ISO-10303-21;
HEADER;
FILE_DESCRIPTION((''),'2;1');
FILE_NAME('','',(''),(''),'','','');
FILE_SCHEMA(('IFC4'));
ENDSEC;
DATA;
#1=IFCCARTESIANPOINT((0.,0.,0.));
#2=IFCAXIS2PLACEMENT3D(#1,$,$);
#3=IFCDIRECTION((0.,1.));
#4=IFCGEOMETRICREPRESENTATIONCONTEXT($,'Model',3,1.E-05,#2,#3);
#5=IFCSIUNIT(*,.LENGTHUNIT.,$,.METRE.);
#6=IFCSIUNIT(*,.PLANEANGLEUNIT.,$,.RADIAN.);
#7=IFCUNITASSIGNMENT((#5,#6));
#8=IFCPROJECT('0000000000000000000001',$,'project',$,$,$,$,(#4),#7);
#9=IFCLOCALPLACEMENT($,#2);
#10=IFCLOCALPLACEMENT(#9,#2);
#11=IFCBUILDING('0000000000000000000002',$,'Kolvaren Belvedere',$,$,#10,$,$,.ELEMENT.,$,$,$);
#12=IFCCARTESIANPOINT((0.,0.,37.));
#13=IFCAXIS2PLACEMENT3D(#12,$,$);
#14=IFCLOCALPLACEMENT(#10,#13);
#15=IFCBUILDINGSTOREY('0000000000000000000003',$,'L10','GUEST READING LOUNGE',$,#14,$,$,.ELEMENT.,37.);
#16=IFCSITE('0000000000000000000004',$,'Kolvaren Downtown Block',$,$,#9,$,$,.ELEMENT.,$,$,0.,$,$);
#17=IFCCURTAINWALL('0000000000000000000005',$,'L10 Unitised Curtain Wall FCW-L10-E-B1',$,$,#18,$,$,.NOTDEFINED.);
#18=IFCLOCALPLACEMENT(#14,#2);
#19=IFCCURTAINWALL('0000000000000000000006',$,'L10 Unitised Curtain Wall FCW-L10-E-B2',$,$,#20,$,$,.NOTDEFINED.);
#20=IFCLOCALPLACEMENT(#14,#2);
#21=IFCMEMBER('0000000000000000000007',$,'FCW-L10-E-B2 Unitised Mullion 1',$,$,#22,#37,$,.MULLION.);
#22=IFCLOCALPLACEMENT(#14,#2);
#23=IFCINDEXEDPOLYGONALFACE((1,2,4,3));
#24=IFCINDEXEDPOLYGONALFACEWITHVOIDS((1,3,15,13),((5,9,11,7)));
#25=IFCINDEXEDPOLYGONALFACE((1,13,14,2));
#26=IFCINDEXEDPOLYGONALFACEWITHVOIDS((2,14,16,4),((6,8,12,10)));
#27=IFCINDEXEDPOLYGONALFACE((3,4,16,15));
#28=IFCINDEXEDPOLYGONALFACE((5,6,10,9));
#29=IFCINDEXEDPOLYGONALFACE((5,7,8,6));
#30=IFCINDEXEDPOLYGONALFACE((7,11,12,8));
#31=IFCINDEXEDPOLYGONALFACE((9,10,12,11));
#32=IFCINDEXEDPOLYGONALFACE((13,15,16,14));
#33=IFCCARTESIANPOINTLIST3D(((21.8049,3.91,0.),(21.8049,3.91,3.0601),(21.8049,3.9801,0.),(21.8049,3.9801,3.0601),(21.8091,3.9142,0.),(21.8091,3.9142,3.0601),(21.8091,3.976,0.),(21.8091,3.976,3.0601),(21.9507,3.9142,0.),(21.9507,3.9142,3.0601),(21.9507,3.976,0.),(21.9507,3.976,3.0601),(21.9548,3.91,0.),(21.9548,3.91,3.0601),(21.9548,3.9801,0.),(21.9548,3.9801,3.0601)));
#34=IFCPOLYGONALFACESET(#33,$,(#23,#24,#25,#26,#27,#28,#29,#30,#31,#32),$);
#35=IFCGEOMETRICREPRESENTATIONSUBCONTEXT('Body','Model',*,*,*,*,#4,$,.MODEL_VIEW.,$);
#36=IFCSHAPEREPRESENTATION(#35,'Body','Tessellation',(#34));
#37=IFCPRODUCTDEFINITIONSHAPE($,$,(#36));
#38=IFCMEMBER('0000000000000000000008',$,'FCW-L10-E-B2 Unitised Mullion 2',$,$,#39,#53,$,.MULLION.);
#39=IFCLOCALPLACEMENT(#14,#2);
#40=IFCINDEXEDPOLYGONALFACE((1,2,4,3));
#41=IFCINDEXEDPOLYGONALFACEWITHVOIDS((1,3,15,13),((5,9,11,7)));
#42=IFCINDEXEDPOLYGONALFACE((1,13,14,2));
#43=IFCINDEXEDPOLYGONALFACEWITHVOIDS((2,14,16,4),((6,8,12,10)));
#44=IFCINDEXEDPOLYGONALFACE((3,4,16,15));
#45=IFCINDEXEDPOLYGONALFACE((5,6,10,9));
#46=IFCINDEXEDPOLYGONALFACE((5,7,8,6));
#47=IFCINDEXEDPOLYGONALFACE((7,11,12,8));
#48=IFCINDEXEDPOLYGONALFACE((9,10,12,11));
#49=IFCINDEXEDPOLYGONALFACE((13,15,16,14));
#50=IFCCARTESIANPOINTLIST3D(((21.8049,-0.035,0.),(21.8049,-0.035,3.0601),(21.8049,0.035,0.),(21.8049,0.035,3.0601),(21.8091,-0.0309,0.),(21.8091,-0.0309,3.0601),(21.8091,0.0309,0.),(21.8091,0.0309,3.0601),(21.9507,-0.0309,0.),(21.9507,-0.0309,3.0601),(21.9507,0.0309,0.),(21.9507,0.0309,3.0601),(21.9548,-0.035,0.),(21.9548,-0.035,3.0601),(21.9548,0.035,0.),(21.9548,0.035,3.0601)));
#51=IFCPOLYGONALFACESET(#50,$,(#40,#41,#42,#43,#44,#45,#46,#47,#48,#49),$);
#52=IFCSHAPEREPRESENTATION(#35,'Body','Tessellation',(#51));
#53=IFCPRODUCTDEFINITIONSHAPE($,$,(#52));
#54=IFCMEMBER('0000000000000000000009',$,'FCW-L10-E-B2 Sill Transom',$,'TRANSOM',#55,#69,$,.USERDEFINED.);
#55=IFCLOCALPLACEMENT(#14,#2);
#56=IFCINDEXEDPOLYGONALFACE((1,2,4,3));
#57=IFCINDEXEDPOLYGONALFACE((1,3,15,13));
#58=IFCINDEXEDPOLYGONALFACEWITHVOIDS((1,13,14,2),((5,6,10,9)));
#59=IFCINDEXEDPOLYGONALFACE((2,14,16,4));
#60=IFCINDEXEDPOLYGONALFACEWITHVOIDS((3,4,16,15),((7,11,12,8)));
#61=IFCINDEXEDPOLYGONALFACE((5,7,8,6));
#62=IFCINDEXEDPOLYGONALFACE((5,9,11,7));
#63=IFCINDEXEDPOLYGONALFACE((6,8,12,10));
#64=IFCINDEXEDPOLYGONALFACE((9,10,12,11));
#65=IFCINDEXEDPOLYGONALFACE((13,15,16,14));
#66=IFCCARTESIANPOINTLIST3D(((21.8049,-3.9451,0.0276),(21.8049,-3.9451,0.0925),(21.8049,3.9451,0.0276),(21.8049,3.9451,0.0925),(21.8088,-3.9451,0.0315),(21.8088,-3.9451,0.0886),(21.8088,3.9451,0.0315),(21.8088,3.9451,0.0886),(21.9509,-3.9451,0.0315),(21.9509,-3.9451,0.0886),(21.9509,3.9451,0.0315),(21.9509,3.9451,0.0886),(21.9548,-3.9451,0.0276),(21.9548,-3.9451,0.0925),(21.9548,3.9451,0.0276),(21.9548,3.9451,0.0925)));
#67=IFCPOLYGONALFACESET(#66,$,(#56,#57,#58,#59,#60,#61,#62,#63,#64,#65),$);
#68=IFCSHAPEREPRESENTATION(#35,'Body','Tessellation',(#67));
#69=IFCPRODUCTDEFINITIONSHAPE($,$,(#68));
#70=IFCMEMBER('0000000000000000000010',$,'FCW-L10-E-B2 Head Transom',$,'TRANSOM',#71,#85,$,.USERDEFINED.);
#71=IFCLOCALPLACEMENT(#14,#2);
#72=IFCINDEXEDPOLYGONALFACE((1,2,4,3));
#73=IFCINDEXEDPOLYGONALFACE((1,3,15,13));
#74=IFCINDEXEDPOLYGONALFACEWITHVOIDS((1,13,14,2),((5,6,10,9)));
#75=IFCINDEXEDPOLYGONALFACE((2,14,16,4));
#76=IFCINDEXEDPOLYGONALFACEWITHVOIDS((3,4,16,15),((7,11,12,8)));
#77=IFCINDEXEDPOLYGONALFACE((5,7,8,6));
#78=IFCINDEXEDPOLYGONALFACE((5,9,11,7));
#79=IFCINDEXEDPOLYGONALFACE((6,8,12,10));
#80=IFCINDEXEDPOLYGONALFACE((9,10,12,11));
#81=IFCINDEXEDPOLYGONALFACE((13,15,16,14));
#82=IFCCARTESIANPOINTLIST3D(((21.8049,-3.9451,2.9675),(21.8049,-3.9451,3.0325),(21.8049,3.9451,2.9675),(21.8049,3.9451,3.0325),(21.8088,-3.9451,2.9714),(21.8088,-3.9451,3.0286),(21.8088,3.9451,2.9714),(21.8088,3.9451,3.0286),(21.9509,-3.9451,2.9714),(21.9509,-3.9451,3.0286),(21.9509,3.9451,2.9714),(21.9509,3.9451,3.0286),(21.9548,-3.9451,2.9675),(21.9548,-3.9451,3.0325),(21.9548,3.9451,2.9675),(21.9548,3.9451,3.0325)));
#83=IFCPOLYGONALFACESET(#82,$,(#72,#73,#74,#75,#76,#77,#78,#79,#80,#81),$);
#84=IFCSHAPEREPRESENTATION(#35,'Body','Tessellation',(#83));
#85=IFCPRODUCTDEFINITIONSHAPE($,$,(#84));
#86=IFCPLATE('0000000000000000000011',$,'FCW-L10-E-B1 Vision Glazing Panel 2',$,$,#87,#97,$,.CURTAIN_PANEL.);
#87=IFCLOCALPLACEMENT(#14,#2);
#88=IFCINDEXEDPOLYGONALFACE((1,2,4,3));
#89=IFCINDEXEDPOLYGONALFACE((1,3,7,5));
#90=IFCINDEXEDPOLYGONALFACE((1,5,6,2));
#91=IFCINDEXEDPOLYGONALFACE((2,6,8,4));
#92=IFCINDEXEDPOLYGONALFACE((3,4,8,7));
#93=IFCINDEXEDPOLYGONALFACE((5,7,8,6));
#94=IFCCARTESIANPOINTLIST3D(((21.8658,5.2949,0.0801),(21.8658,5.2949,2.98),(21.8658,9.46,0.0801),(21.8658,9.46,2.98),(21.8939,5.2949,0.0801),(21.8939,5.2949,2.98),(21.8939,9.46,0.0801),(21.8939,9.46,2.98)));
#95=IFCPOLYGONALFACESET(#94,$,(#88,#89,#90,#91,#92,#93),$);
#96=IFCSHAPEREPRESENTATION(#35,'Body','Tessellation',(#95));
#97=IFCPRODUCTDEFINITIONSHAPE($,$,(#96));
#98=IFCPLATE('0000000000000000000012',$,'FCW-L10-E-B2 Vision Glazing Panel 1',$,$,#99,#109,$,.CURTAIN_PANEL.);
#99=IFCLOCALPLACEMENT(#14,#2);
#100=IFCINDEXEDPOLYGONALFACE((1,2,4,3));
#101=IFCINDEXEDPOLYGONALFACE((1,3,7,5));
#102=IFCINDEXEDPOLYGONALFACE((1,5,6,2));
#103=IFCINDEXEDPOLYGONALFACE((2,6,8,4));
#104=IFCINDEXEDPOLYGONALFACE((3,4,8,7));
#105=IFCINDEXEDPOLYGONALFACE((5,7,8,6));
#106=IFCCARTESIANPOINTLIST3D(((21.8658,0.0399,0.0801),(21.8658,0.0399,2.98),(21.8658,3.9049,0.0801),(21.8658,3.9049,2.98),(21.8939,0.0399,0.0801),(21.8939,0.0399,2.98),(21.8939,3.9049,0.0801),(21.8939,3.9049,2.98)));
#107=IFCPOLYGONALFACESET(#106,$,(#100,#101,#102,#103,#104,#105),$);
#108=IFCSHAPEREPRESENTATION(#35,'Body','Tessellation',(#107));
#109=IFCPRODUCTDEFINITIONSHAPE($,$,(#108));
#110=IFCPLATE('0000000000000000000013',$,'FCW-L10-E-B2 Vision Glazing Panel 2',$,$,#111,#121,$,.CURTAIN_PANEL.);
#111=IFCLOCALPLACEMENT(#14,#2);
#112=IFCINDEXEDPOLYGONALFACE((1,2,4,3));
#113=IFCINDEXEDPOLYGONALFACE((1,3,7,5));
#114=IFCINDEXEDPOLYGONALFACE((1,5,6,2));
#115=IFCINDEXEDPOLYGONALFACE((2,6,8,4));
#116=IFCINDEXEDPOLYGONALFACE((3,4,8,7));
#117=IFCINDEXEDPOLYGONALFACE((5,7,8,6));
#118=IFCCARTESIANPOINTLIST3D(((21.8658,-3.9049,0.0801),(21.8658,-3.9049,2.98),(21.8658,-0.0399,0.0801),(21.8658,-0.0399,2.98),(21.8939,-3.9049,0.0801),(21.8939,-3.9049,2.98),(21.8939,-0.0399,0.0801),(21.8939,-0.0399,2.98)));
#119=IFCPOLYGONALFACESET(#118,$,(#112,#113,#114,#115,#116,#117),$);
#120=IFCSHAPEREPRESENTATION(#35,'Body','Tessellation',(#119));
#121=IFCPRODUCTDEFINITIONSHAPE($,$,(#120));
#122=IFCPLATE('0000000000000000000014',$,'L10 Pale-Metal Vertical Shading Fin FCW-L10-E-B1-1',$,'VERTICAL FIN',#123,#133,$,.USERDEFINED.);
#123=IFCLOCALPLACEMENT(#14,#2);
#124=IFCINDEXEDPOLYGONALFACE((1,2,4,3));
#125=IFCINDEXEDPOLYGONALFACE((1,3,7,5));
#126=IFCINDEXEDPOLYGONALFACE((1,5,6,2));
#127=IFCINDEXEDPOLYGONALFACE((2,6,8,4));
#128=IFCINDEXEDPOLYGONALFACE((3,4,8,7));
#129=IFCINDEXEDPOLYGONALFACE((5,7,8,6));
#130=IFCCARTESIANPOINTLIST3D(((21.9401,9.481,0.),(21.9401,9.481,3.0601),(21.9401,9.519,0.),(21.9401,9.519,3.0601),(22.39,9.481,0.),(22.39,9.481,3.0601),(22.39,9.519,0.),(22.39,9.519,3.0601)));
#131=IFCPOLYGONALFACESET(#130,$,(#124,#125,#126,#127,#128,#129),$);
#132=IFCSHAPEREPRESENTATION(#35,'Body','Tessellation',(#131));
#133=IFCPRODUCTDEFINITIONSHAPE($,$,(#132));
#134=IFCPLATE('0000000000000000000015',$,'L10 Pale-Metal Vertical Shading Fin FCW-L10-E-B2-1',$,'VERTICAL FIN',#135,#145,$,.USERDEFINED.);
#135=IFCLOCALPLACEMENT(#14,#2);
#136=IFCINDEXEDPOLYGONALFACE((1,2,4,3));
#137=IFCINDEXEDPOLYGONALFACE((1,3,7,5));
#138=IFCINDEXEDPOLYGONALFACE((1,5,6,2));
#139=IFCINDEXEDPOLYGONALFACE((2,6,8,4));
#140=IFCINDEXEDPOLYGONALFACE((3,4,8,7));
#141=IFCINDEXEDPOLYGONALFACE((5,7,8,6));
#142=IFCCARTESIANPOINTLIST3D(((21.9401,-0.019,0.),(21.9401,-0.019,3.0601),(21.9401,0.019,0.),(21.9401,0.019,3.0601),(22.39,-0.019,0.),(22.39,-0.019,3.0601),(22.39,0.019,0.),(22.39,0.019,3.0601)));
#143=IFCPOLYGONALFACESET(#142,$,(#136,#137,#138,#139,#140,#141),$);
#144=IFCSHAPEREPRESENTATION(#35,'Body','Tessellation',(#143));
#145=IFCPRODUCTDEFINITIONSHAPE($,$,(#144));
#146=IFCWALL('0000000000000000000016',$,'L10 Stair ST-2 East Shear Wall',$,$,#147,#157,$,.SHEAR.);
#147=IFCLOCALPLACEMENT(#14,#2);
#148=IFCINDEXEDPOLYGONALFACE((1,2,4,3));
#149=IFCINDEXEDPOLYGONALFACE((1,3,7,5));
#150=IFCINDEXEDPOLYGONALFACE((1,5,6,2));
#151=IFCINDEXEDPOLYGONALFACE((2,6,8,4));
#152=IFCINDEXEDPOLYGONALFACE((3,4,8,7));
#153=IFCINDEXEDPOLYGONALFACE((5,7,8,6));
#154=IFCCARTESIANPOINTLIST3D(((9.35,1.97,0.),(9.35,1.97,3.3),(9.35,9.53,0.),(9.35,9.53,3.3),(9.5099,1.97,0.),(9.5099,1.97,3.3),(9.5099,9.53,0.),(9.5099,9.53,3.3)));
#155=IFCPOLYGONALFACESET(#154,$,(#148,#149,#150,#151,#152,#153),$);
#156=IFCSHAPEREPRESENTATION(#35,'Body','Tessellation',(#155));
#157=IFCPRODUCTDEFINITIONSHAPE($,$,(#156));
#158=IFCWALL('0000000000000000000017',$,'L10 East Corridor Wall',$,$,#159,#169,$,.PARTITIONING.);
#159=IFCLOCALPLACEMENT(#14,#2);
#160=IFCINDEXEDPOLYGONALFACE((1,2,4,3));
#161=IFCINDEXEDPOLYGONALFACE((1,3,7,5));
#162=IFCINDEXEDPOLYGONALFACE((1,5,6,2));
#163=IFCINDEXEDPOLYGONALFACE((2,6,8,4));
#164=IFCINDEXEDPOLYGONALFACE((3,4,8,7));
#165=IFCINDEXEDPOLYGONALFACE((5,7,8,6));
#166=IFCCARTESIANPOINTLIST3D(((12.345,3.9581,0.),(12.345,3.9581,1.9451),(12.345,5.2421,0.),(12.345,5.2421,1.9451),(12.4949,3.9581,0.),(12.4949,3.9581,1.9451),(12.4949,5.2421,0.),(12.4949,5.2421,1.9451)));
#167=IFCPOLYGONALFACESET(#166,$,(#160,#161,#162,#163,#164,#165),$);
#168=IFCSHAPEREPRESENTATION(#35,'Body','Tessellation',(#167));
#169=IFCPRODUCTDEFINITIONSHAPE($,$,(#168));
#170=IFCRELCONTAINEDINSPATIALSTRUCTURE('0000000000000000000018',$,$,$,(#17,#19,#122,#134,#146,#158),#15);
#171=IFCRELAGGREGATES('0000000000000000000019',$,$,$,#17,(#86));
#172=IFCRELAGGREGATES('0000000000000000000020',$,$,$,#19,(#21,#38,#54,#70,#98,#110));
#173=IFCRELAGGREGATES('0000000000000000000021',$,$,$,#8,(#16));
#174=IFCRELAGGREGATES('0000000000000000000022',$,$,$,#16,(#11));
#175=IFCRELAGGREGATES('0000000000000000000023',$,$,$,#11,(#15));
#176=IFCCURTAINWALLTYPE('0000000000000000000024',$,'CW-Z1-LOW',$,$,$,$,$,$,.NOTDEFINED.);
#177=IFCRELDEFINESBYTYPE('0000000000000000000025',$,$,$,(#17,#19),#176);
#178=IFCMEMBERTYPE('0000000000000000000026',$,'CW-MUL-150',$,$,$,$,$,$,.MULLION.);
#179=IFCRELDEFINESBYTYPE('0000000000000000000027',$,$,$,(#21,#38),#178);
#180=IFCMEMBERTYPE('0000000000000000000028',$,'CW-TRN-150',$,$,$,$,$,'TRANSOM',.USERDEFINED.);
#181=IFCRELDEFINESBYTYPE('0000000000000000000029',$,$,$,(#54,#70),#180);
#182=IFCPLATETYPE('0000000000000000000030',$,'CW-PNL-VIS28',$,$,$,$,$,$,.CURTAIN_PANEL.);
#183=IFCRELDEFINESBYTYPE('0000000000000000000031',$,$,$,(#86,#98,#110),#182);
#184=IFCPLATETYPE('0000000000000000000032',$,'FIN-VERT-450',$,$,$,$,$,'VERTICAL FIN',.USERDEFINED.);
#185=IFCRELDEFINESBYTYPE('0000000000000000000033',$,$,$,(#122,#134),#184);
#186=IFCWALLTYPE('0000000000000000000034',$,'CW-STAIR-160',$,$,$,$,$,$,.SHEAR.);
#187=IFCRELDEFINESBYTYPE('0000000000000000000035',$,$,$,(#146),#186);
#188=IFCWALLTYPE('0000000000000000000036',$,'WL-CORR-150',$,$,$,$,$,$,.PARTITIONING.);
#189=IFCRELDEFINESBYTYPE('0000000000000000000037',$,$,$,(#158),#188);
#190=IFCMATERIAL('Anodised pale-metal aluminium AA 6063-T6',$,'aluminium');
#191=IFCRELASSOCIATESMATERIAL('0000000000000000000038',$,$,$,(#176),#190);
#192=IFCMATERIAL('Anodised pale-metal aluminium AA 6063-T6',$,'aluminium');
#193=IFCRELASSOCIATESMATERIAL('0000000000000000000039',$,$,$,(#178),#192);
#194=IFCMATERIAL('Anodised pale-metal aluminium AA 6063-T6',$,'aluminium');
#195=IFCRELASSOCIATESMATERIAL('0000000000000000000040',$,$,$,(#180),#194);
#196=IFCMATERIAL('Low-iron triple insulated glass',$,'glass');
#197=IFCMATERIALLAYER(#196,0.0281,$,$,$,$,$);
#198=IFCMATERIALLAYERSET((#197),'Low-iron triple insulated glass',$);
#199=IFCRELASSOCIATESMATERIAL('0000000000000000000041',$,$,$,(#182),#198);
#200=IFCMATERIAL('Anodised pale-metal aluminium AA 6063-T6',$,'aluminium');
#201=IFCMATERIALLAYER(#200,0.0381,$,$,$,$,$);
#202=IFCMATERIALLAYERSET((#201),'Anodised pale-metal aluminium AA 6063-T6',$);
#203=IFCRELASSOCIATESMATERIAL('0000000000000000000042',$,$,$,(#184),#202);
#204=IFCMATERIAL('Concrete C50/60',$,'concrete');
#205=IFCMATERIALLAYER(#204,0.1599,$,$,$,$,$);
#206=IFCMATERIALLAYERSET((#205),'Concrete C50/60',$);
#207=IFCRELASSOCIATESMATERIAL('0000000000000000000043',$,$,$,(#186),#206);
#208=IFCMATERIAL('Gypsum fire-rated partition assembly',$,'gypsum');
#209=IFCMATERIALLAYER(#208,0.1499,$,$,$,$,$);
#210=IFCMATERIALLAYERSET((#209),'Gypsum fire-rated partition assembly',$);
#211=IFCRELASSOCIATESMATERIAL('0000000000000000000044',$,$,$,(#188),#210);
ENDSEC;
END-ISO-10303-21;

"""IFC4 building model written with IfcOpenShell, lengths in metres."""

from ifc_helpers import new_model, si_unit, direction, frame, frame_2d, origin, origin_2d, place, context, subcontext, project, spatial, rectangle, hollow_rectangle, extrude, material, layer, layer_set, material_profile, profile_set, type_object, element, aggregate, save


model = new_model("IFC4")

# Units and contexts
model_context = context("Model", 3, precision=1e-05, world=origin(), true_north=direction((0.0, 1.0)))
body_context = subcontext(model_context, "Body", "Model", "MODEL_VIEW")
ifc_project = project(units=[si_unit("LENGTHUNIT", "METRE"), si_unit("PLANEANGLEUNIT", "RADIAN")], contexts=[model_context])

# Site, building, storey
site_placement = place(None, origin())
site = spatial("IfcSite", under=ifc_project, at=site_placement, Name="Kolvaren Downtown Block", CompositionType="ELEMENT", RefElevation=0.0)
building_placement = place(site_placement, origin())
building = spatial("IfcBuilding", under=site, at=building_placement, Name="Kolvaren Belvedere", CompositionType="ELEMENT")
storey_placement = place(building_placement, frame((0.0, 0.0, 37.0)))
storey = spatial("IfcBuildingStorey", under=building, at=storey_placement, Name="L10", Description="GUEST READING LOUNGE", CompositionType="ELEMENT", Elevation=37.0)

# Curtain walls, members
ifc_material_1 = material(Name="Anodised pale-metal aluminium AA 6063-T6", Category="aluminium")
curtain_wall_type = type_object("IfcCurtainWallType", Name="CW-Z1-LOW", PredefinedType="NOTDEFINED", material=ifc_material_1)
curtain_wall_1_placement = place(storey_placement, origin())
curtain_wall_1 = element("IfcCurtainWall", 1, at=curtain_wall_1_placement, inside=storey, type_object=curtain_wall_type, Name="L10 Unitised Curtain Wall FCW-L10-E-B1", PredefinedType="NOTDEFINED")
ifc_material_2 = material(Name="Anodised pale-metal aluminium AA 6063-T6", Category="aluminium")
ifc_material_profile_1 = material_profile(ifc_material_2, hollow_rectangle(XDim=0.0701, YDim=0.1499, WallThickness=0.0042, at=origin_2d()), Name="ALU-MUL-150X70")
ifc_profile_set_1 = profile_set([ifc_material_profile_1], Name="Anodised pale-metal aluminium AA 6063-T6")
member_type_1 = type_object("IfcMemberType", Name="CW-MUL-150", PredefinedType="MULLION", material=ifc_profile_set_1)
curtain_wall_2_placement = place(storey_placement, origin())
curtain_wall_2 = element("IfcCurtainWall", 2, at=curtain_wall_2_placement, inside=storey, type_object=curtain_wall_type, Name="L10 Unitised Curtain Wall FCW-L10-E-B2", PredefinedType="NOTDEFINED")
member_1_placement = place(storey_placement, frame((21.8799, 3.9451, 0.0), z_axis=(0.0, 0.0, 1.0), x_axis=(0.0, 1.0, 0.0)))
member_1 = element("IfcMember", 3, at=member_1_placement, type_object=member_type_1, Name="FCW-L10-E-B2 Unitised Mullion 1", PredefinedType="MULLION", context=body_context, shape_type="SweptSolid", body=[
    extrude(hollow_rectangle(XDim=0.0701, YDim=0.1499, WallThickness=0.0042, at=origin_2d()), origin(), (0.0, 0.0, 1.0), 3.0601),
])
member_2_placement = place(storey_placement, frame((21.8799, 0.0, 0.0), z_axis=(0.0, 0.0, 1.0), x_axis=(0.0, 1.0, 0.0)))
member_2 = element("IfcMember", 4, at=member_2_placement, type_object=member_type_1, Name="FCW-L10-E-B2 Unitised Mullion 2", PredefinedType="MULLION", context=body_context, shape_type="SweptSolid", body=[
    extrude(hollow_rectangle(XDim=0.0701, YDim=0.1499, WallThickness=0.0042, at=origin_2d()), origin(), (0.0, 0.0, 1.0), 3.0601),
])
ifc_material_3 = material(Name="Anodised pale-metal aluminium AA 6063-T6", Category="aluminium")
ifc_material_profile_2 = material_profile(ifc_material_3, hollow_rectangle(XDim=0.0649, YDim=0.1499, WallThickness=0.0039, at=origin_2d()), Name="ALU-TRN-150X65")
ifc_profile_set_2 = profile_set([ifc_material_profile_2], Name="Anodised pale-metal aluminium AA 6063-T6")
member_type_2 = type_object("IfcMemberType", Name="CW-TRN-150", ElementType="TRANSOM", PredefinedType="USERDEFINED", material=ifc_profile_set_2)
member_3_placement = place(storey_placement, frame((21.8799, 3.9451, 0.0601), z_axis=(0.0, -1.0, 0.0), x_axis=(0.0, 0.0, 1.0)))
member_3 = element("IfcMember", 5, at=member_3_placement, type_object=member_type_2, Name="FCW-L10-E-B2 Sill Transom", ObjectType="TRANSOM", PredefinedType="USERDEFINED", context=body_context, shape_type="SweptSolid", body=[
    extrude(hollow_rectangle(XDim=0.0649, YDim=0.1499, WallThickness=0.0039, at=origin_2d()), origin(), (0.0, 0.0, 1.0), 7.8901),
])
member_4_placement = place(storey_placement, frame((21.8799, 3.9451, 3.0), z_axis=(0.0, -1.0, 0.0), x_axis=(0.0, 0.0, 1.0)))
member_4 = element("IfcMember", 6, at=member_4_placement, type_object=member_type_2, Name="FCW-L10-E-B2 Head Transom", ObjectType="TRANSOM", PredefinedType="USERDEFINED", context=body_context, shape_type="SweptSolid", body=[
    extrude(hollow_rectangle(XDim=0.0649, YDim=0.1499, WallThickness=0.0039, at=origin_2d()), origin(), (0.0, 0.0, 1.0), 7.8901),
])

# Plates
ifc_material_4 = material(Name="Low-iron triple insulated glass", Category="glass")
ifc_layer_1 = layer(ifc_material_4, 0.0281)
ifc_layer_set_1 = layer_set([ifc_layer_1], Name="Low-iron triple insulated glass")
plate_type_1 = type_object("IfcPlateType", Name="CW-PNL-VIS28", PredefinedType="CURTAIN_PANEL", material=ifc_layer_set_1)
plate_1_placement = place(storey_placement, frame((21.8799, 7.3774, 0.0801), z_axis=(0.0, 0.0, 1.0), x_axis=(0.0, -1.0, 0.0)))
plate_1 = element("IfcPlate", 7, at=plate_1_placement, type_object=plate_type_1, Name="FCW-L10-E-B1 Vision Glazing Panel 2", PredefinedType="CURTAIN_PANEL", context=body_context, shape_type="SweptSolid", body=[
    extrude(rectangle(XDim=4.165, YDim=0.0281, at=origin_2d()), origin(), (0.0, 0.0, 1.0), 2.8999),
])
aggregate(curtain_wall_1, [plate_1])
plate_2_placement = place(storey_placement, frame((21.8799, 1.9724, 0.0801), z_axis=(0.0, 0.0, 1.0), x_axis=(0.0, -1.0, 0.0)))
plate_2 = element("IfcPlate", 8, at=plate_2_placement, type_object=plate_type_1, Name="FCW-L10-E-B2 Vision Glazing Panel 1", PredefinedType="CURTAIN_PANEL", context=body_context, shape_type="SweptSolid", body=[
    extrude(rectangle(XDim=3.865, YDim=0.0281, at=origin_2d()), origin(), (0.0, 0.0, 1.0), 2.8999),
])
plate_3_placement = place(storey_placement, frame((21.8799, -1.9724, 0.0801), z_axis=(0.0, 0.0, 1.0), x_axis=(0.0, -1.0, 0.0)))
plate_3 = element("IfcPlate", 9, at=plate_3_placement, type_object=plate_type_1, Name="FCW-L10-E-B2 Vision Glazing Panel 2", PredefinedType="CURTAIN_PANEL", context=body_context, shape_type="SweptSolid", body=[
    extrude(rectangle(XDim=3.865, YDim=0.0281, at=origin_2d()), origin(), (0.0, 0.0, 1.0), 2.8999),
])
aggregate(curtain_wall_2, [member_1, member_2, member_3, member_4, plate_2, plate_3])

# Plates
ifc_material_5 = material(Name="Anodised pale-metal aluminium AA 6063-T6", Category="aluminium")
ifc_layer_2 = layer(ifc_material_5, 0.0381)
ifc_layer_set_2 = layer_set([ifc_layer_2], Name="Anodised pale-metal aluminium AA 6063-T6")
plate_type_2 = type_object("IfcPlateType", Name="FIN-VERT-450", ElementType="VERTICAL FIN", PredefinedType="USERDEFINED", material=ifc_layer_set_2)
for number, where, z_axis, x_axis, name in (
    (10, (22.165, 9.5, 0.0), (0.0, 0.0, 1.0), (1.0, 0.0, 0.0), "L10 Pale-Metal Vertical Shading Fin FCW-L10-E-B1-1"),
    (11, (22.165, 0.0, 0.0), (0.0, 0.0, 1.0), (1.0, 0.0, 0.0), "L10 Pale-Metal Vertical Shading Fin FCW-L10-E-B2-1"),
):
    element("IfcPlate", number, at=place(storey_placement, frame(where, z_axis=z_axis, x_axis=x_axis)), inside=storey, type_object=plate_type_2, Name=name, ObjectType="VERTICAL FIN", PredefinedType="USERDEFINED", context=body_context, shape_type="SweptSolid", body=[
        extrude(rectangle(XDim=0.45, YDim=0.0381, at=origin_2d()), origin(), (0.0, 0.0, 1.0), 3.0601),
    ])

# Walls
ifc_material_6 = material(Name="Concrete C50/60", Category="concrete")
ifc_layer_3 = layer(ifc_material_6, 0.1599)
ifc_layer_set_3 = layer_set([ifc_layer_3], Name="Concrete C50/60")
wall_type_1 = type_object("IfcWallType", Name="CW-STAIR-160", PredefinedType="SHEAR", material=ifc_layer_set_3)
wall_1_placement = place(storey_placement, frame((9.4299, 1.97, 0.0), z_axis=(0.0, 0.0, 1.0), x_axis=(0.0, 1.0, 0.0)))
element("IfcWall", 12, at=wall_1_placement, inside=storey, type_object=wall_type_1, Name="L10 Stair ST-2 East Shear Wall", PredefinedType="SHEAR", context=body_context, shape_type="SweptSolid", body=[
    extrude(rectangle(XDim=7.5601, YDim=0.1599, at=frame_2d((3.78, 0.0))), origin(), (0.0, 0.0, 1.0), 3.3),
])
ifc_material_7 = material(Name="Gypsum fire-rated partition assembly", Category="gypsum")
ifc_layer_4 = layer(ifc_material_7, 0.1499)
ifc_layer_set_4 = layer_set([ifc_layer_4], Name="Gypsum fire-rated partition assembly")
wall_type_2 = type_object("IfcWallType", Name="WL-CORR-150", PredefinedType="PARTITIONING", material=ifc_layer_set_4)
wall_2_placement = place(storey_placement, frame((12.4199, 3.958, 0.0), z_axis=(0.0, 0.0, 1.0), x_axis=(0.0, 1.0, 0.0)))
element("IfcWall", 13, at=wall_2_placement, inside=storey, type_object=wall_type_2, Name="L10 East Corridor Wall", PredefinedType="PARTITIONING", context=body_context, shape_type="SweptSolid", body=[
    extrude(rectangle(XDim=1.2839, YDim=0.1499, at=frame_2d((0.6421, 0.0))), origin(), (0.0, 0.0, 1.0), 1.9451),
])

save(model, "model.ifc")
